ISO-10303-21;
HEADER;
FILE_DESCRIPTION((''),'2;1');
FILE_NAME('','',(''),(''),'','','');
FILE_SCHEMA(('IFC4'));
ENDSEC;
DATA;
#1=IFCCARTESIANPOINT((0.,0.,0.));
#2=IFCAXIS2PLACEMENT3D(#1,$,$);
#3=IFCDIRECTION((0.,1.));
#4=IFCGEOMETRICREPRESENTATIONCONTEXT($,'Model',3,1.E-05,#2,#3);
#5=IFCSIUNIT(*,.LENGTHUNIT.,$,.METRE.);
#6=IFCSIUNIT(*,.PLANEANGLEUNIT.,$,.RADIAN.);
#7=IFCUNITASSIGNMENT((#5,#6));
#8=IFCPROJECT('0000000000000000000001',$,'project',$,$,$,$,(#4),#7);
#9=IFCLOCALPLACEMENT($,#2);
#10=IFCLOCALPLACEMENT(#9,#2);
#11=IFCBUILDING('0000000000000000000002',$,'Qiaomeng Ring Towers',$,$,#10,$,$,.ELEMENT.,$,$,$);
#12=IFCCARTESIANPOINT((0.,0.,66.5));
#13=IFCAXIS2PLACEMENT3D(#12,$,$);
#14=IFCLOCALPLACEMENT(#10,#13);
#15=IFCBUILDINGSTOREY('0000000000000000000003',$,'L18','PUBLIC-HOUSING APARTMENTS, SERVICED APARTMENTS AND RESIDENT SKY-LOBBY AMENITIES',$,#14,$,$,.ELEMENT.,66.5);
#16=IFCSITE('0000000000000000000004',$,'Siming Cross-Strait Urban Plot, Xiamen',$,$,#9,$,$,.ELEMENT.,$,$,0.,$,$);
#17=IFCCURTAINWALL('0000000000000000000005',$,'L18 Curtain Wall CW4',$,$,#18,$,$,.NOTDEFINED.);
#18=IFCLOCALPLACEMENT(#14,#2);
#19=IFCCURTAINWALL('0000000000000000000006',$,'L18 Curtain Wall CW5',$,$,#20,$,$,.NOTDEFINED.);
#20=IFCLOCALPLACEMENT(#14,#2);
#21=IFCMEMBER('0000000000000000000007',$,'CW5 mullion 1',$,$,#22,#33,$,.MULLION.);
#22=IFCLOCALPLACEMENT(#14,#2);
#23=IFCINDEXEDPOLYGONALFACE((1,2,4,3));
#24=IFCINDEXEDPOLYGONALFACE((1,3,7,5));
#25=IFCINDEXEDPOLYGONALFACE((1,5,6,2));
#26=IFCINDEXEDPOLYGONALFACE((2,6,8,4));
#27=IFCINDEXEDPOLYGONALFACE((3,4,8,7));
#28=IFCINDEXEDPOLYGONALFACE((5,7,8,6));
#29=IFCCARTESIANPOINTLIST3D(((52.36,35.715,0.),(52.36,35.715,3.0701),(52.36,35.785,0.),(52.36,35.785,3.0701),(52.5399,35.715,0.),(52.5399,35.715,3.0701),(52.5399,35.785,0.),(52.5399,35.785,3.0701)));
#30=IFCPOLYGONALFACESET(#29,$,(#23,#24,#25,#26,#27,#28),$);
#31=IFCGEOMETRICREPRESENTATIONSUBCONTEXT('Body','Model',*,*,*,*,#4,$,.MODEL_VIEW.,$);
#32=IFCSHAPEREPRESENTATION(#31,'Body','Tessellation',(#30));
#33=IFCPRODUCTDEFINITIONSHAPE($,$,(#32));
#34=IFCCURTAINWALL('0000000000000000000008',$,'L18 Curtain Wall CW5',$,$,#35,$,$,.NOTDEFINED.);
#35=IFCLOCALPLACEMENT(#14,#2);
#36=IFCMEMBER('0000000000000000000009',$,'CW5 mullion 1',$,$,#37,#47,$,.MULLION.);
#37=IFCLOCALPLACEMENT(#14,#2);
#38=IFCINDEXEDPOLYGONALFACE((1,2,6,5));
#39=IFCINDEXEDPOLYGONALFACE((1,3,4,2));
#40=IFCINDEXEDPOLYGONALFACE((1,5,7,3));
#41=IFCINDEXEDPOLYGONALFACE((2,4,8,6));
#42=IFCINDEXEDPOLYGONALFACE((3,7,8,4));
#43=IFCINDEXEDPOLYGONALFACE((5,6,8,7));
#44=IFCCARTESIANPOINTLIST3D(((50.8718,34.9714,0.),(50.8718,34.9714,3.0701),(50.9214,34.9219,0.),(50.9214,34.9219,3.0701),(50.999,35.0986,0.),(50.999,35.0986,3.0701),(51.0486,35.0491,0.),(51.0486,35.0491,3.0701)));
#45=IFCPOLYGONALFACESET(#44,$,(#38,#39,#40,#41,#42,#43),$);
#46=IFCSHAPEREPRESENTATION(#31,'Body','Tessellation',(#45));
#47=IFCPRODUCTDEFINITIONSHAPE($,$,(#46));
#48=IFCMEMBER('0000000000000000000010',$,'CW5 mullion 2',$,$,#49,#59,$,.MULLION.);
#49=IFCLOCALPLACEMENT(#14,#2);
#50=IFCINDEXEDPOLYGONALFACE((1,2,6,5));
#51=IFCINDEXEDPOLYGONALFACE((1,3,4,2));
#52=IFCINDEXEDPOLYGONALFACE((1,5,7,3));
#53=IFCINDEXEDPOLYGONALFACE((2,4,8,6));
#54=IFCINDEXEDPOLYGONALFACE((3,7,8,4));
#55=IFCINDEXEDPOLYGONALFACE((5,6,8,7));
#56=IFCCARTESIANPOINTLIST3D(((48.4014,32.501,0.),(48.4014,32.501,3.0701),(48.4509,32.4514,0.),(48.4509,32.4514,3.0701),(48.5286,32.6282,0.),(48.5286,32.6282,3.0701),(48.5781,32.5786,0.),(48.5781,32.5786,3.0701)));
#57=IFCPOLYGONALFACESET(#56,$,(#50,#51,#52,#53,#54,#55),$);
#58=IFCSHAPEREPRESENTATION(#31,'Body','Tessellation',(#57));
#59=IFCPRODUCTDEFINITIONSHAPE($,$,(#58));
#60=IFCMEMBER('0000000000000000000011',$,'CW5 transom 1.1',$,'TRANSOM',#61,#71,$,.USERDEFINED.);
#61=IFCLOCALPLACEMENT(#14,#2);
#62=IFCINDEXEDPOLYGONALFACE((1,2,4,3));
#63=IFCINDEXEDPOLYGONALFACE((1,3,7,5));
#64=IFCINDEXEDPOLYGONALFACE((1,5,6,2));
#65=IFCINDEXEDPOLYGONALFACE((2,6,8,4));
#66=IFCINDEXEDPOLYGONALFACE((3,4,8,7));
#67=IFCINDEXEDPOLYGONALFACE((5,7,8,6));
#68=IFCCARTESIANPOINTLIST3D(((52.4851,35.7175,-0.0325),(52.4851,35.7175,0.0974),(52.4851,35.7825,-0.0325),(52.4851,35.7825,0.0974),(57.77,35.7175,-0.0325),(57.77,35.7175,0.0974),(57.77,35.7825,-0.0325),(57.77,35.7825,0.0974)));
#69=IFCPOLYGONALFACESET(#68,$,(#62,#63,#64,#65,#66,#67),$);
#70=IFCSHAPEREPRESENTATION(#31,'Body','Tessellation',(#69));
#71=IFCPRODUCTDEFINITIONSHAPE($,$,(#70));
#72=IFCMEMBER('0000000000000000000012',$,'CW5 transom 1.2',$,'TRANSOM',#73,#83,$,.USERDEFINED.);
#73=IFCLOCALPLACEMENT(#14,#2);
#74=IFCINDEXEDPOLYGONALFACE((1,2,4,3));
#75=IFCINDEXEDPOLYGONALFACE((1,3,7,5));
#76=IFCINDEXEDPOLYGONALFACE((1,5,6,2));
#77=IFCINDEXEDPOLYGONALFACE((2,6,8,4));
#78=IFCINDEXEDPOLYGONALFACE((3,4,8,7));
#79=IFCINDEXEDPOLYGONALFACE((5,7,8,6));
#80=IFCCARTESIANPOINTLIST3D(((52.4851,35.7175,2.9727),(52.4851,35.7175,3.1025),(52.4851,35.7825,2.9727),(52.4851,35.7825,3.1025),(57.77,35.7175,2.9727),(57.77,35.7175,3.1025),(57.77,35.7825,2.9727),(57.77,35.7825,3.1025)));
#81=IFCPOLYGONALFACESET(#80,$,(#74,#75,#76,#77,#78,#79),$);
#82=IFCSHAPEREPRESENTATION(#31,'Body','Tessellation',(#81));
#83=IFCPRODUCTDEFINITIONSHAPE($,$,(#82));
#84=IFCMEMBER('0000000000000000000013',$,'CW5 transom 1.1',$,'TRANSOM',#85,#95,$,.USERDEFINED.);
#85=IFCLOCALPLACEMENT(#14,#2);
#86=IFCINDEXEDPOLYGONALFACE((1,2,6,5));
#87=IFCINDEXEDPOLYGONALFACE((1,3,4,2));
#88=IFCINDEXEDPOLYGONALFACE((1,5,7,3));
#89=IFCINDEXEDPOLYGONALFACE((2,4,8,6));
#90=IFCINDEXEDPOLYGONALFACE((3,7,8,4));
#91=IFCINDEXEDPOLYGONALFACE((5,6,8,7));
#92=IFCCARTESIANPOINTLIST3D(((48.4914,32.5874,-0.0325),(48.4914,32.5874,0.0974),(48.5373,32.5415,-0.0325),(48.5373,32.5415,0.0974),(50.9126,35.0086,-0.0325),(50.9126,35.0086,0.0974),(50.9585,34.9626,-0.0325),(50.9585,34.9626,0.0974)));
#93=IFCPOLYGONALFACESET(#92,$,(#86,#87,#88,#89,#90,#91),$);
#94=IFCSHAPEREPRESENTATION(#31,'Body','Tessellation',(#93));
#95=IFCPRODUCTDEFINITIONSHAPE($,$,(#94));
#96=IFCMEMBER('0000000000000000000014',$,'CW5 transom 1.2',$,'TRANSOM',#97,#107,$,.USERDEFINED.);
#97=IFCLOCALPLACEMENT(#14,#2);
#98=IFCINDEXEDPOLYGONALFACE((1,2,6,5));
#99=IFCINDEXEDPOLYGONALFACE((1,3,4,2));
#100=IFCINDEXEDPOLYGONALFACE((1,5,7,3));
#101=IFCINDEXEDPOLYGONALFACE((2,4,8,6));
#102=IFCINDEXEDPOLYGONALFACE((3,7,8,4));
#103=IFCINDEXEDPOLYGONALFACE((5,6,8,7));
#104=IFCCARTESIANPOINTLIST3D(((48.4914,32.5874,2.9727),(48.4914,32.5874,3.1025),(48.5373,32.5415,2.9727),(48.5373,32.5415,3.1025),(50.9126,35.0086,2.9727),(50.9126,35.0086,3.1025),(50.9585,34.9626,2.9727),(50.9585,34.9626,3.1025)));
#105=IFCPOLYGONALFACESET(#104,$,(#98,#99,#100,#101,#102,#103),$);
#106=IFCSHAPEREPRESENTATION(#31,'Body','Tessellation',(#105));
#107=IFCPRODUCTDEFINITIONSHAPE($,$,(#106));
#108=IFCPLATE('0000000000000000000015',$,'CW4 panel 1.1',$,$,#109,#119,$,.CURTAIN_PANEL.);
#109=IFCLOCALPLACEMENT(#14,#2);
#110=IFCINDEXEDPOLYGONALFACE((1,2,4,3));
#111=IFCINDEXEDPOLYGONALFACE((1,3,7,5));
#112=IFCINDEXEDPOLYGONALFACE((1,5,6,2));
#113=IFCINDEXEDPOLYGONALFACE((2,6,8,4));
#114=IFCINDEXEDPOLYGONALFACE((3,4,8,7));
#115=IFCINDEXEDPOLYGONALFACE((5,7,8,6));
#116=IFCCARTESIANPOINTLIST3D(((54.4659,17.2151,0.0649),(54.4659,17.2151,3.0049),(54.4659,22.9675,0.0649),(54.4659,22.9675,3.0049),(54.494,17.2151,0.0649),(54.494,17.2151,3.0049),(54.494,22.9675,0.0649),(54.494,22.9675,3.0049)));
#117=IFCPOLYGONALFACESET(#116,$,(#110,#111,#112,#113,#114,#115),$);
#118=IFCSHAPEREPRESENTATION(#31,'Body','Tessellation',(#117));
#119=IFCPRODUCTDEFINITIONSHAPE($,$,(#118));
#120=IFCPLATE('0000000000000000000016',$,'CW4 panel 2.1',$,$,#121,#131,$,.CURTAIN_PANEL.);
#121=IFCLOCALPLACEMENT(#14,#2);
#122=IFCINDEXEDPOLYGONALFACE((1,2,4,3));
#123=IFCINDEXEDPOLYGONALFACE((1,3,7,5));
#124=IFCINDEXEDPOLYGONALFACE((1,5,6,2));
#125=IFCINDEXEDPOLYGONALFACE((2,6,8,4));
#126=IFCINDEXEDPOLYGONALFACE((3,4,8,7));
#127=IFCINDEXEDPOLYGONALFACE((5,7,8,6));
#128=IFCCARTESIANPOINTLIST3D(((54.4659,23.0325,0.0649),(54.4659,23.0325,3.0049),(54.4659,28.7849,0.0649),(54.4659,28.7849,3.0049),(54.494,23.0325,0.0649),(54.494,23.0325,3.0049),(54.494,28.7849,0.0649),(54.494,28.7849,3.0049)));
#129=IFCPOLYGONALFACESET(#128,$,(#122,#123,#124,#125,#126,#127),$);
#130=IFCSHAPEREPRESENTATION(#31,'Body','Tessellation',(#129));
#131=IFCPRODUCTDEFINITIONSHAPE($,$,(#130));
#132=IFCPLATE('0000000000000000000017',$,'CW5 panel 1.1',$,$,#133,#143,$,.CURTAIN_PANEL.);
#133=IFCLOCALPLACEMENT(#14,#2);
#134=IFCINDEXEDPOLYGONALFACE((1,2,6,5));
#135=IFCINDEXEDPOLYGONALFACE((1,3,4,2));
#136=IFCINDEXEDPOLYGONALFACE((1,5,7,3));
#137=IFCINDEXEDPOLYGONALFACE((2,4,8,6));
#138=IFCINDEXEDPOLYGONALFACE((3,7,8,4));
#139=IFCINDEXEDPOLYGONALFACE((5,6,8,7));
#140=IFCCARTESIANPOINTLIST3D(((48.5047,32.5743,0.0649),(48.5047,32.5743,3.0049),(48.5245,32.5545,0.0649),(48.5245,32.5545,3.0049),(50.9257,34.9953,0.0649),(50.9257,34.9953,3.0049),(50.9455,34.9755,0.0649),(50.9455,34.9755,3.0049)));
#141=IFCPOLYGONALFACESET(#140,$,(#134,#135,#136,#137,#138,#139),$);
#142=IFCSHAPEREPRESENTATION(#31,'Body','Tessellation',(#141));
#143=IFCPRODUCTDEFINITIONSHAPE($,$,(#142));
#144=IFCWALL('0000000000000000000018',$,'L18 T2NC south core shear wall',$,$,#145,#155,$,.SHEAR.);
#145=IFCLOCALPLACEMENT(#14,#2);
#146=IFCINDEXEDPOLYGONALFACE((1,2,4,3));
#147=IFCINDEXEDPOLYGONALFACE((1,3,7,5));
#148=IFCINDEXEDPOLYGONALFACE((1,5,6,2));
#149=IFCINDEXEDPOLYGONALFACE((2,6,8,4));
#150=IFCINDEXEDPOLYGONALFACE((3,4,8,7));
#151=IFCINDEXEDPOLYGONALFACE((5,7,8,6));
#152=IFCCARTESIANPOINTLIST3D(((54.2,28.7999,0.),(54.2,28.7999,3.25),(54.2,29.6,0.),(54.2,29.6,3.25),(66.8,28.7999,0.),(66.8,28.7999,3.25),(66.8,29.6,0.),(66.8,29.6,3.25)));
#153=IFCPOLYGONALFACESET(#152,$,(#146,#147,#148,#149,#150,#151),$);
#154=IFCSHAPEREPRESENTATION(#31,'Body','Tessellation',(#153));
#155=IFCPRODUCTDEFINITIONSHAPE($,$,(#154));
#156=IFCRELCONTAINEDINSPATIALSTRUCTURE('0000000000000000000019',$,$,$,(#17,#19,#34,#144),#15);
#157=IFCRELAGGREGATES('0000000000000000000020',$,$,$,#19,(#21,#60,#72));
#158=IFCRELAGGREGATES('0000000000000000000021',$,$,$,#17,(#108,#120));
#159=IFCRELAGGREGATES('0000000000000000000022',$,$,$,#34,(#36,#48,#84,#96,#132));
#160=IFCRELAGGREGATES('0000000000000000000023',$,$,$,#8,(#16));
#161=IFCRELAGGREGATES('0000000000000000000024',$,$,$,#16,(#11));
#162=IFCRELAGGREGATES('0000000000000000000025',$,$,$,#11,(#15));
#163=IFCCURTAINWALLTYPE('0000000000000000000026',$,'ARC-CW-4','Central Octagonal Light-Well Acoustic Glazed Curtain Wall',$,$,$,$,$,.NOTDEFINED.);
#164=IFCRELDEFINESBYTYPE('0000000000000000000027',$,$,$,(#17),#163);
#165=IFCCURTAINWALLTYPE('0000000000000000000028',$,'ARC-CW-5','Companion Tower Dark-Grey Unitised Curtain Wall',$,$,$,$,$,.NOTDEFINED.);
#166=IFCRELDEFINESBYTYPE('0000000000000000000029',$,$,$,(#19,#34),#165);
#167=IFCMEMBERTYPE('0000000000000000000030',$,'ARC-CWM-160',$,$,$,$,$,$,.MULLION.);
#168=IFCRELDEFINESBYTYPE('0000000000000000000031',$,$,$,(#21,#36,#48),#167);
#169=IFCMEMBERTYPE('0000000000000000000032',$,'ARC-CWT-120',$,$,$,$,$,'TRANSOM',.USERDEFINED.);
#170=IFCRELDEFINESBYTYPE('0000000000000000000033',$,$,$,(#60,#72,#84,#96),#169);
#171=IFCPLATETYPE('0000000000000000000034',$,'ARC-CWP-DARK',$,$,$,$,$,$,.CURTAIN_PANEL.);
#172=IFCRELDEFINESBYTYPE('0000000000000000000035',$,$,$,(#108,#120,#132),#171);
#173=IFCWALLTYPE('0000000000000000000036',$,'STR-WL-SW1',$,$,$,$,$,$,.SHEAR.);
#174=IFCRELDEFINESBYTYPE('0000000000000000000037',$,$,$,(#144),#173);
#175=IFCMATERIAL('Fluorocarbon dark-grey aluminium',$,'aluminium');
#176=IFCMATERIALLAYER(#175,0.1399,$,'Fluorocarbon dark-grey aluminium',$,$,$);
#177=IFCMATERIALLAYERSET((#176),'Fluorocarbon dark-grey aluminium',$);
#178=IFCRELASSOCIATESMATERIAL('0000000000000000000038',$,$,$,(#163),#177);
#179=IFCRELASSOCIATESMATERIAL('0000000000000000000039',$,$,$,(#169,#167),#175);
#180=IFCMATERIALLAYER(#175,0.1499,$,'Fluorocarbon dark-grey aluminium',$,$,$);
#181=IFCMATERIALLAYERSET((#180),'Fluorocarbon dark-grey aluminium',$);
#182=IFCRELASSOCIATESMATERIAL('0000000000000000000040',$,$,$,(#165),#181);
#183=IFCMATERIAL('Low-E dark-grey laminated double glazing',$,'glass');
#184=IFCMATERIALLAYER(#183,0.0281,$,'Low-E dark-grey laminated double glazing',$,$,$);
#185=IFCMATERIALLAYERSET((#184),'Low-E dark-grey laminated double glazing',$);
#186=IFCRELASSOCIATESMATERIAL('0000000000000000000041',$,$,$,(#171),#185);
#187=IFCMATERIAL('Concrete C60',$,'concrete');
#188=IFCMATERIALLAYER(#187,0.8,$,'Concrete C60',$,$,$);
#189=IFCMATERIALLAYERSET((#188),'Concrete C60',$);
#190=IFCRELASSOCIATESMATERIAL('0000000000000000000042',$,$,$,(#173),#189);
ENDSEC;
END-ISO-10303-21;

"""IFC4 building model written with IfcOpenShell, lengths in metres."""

from ifc_helpers import new_model, si_unit, direction, frame, frame_2d, origin, origin_2d, place, context, subcontext, project, spatial, rectangle, extrude, source, transform, mapped, material, layer, layer_set, material_profile, profile_set, type_object, element, aggregate, save


model = new_model("IFC4")

# Units and contexts
model_context = context("Model", 3, precision=1e-05, world=origin(), true_north=direction((0.0, 1.0)))
body_context = subcontext(model_context, "Body", "Model", "MODEL_VIEW")
ifc_project = project(units=[si_unit("LENGTHUNIT", "METRE"), si_unit("PLANEANGLEUNIT", "RADIAN")], contexts=[model_context])

# Site, building, storey
site_placement = place(None, origin())
site = spatial("IfcSite", under=ifc_project, at=site_placement, Name="Siming Cross-Strait Urban Plot, Xiamen", CompositionType="ELEMENT", RefElevation=0.0)
building_placement = place(site_placement, origin())
building = spatial("IfcBuilding", under=site, at=building_placement, Name="Qiaomeng Ring Towers", CompositionType="ELEMENT")
storey_placement = place(building_placement, frame((0.0, 0.0, 66.5)))
storey = spatial("IfcBuildingStorey", under=building, at=storey_placement, Name="L18", Description="PUBLIC-HOUSING APARTMENTS, SERVICED APARTMENTS AND RESIDENT SKY-LOBBY AMENITIES", CompositionType="ELEMENT", Elevation=66.5)

# Shared definitions
ifc_material_1 = material(Name="Concrete C60", Category="concrete")

# Curtain wall
ifc_material_2 = material(Name="Fluorocarbon dark-grey aluminium", Category="aluminium")
ifc_layer_1 = layer(ifc_material_2, 0.1399, Name="Fluorocarbon dark-grey aluminium")
ifc_layer_set_1 = layer_set([ifc_layer_1], Name="Fluorocarbon dark-grey aluminium")
curtain_wall_type_1 = type_object("IfcCurtainWallType", Name="ARC-CW-4", Description="Central Octagonal Light-Well Acoustic Glazed Curtain Wall", PredefinedType="NOTDEFINED", material=ifc_layer_set_1)
curtain_wall_1_placement = place(storey_placement, origin())
curtain_wall_1 = element("IfcCurtainWall", 1, at=curtain_wall_1_placement, inside=storey, type_object=curtain_wall_type_1, Name="L18 Curtain Wall CW4", PredefinedType="NOTDEFINED")
ifc_material_profile_1 = material_profile(ifc_material_2, rectangle(XDim=0.0649, YDim=0.1299, at=origin_2d()), Name="ALU TRAN 65x130")
ifc_profile_set_1 = profile_set([ifc_material_profile_1], Name="Fluorocarbon dark-grey aluminium")
member_type_1 = type_object("IfcMemberType", Name="ARC-CWT-120", ElementType="TRANSOM", PredefinedType="USERDEFINED", material=ifc_profile_set_1)

# Curtain wall, member
ifc_layer_2 = layer(ifc_material_2, 0.1499, Name="Fluorocarbon dark-grey aluminium")
ifc_layer_set_2 = layer_set([ifc_layer_2], Name="Fluorocarbon dark-grey aluminium")
curtain_wall_type_2 = type_object("IfcCurtainWallType", Name="ARC-CW-5", Description="Companion Tower Dark-Grey Unitised Curtain Wall", PredefinedType="NOTDEFINED", material=ifc_layer_set_2)
curtain_wall_2_placement = place(storey_placement, origin())
curtain_wall_2 = element("IfcCurtainWall", 2, at=curtain_wall_2_placement, inside=storey, type_object=curtain_wall_type_2, Name="L18 Curtain Wall CW5", PredefinedType="NOTDEFINED")
ifc_material_profile_2 = material_profile(ifc_material_2, rectangle(XDim=0.0701, YDim=0.1799, at=origin_2d()), Name="ALU MULL 70x180")
ifc_profile_set_2 = profile_set([ifc_material_profile_2], Name="Fluorocarbon dark-grey aluminium")
member_type_2 = type_object("IfcMemberType", Name="ARC-CWM-160", PredefinedType="MULLION", material=ifc_profile_set_2)
shared_shape_1 = source(origin(), body_context, "Body", "SweptSolid", [
    extrude(rectangle(XDim=0.0701, YDim=0.1799, at=origin_2d()), origin(), (0.0, 0.0, 1.0), 3.0701),
])
member_1_placement = place(storey_placement, frame((52.45, 35.75, 0.0), z_axis=(0.0, 0.0, 1.0), x_axis=(0.0, 1.0, 0.0)))
member_1 = element("IfcMember", 3, at=member_1_placement, type_object=member_type_2, Name="CW5 mullion 1", PredefinedType="MULLION", context=body_context, shape_type="MappedRepresentation", body=[
    mapped(shared_shape_1, transform((0.0, 0.0, 0.0), x_axis=(1.0, 0.0, 0.0), y_axis=(0.0, 1.0, 0.0), z_axis=(0.0, 0.0, 1.0), scale=1.0)),
])

# Curtain wall, members
curtain_wall_3_placement = place(storey_placement, origin())
curtain_wall_3 = element("IfcCurtainWall", 4, at=curtain_wall_3_placement, inside=storey, type_object=curtain_wall_type_2, Name="L18 Curtain Wall CW5", PredefinedType="NOTDEFINED")
member_2_placement = place(storey_placement, frame((50.9602, 35.0103, 0.0), z_axis=(0.0, 0.0, 1.0), x_axis=(0.707107, -0.707107, 0.0)))
member_2 = element("IfcMember", 5, at=member_2_placement, type_object=member_type_2, Name="CW5 mullion 1", PredefinedType="MULLION", context=body_context, shape_type="MappedRepresentation", body=[
    mapped(shared_shape_1, transform((0.0, 0.0, 0.0), x_axis=(1.0, 0.0, 0.0), y_axis=(0.0, 1.0, 0.0), z_axis=(0.0, 0.0, 1.0), scale=1.0)),
])
member_3_placement = place(storey_placement, frame((48.4897, 32.5398, 0.0), z_axis=(0.0, 0.0, 1.0), x_axis=(0.707107, -0.707107, 0.0)))
member_3 = element("IfcMember", 6, at=member_3_placement, type_object=member_type_2, Name="CW5 mullion 2", PredefinedType="MULLION", context=body_context, shape_type="MappedRepresentation", body=[
    mapped(shared_shape_1, transform((0.0, 0.0, 0.0), x_axis=(1.0, 0.0, 0.0), y_axis=(0.0, 1.0, 0.0), z_axis=(0.0, 0.0, 1.0), scale=1.0)),
])

# Members
shared_shape_2 = source(origin(), body_context, "Body", "SweptSolid", [
    extrude(rectangle(XDim=0.0649, YDim=0.1299, at=origin_2d()), origin(), (0.0, 0.0, 1.0), 5.2849),
])
member_4_placement = place(storey_placement, frame((52.4851, 35.75, 0.0325), z_axis=(1.0, 0.0, 0.0), x_axis=(0.0, 1.0, 0.0)))
member_4 = element("IfcMember", 7, at=member_4_placement, type_object=member_type_1, Name="CW5 transom 1.1", ObjectType="TRANSOM", PredefinedType="USERDEFINED", context=body_context, shape_type="MappedRepresentation", body=[
    mapped(shared_shape_2, transform((0.0, 0.0, 0.0), x_axis=(1.0, 0.0, 0.0), y_axis=(0.0, 1.0, 0.0), z_axis=(0.0, 0.0, 1.0), scale=1.0)),
])
member_5_placement = place(storey_placement, frame((52.4851, 35.75, 3.0376), z_axis=(1.0, 0.0, 0.0), x_axis=(0.0, 1.0, 0.0)))
member_5 = element("IfcMember", 8, at=member_5_placement, type_object=member_type_1, Name="CW5 transom 1.2", ObjectType="TRANSOM", PredefinedType="USERDEFINED", context=body_context, shape_type="MappedRepresentation", body=[
    mapped(shared_shape_2, transform((0.0, 0.0, 0.0), x_axis=(1.0, 0.0, 0.0), y_axis=(0.0, 1.0, 0.0), z_axis=(0.0, 0.0, 1.0), scale=1.0)),
])
aggregate(curtain_wall_2, [member_1, member_4, member_5])
shared_shape_3 = source(origin(), body_context, "Body", "SweptSolid", [
    extrude(rectangle(XDim=0.0649, YDim=0.1299, at=origin_2d()), origin(), (0.0, 0.0, 1.0), 3.4241),
])
member_6_placement = place(storey_placement, frame((50.9355, 34.9856, 0.0325), z_axis=(-0.707107, -0.707107, 0.0), x_axis=(0.707107, -0.707107, 0.0)))
member_6 = element("IfcMember", 9, at=member_6_placement, type_object=member_type_1, Name="CW5 transom 1.1", ObjectType="TRANSOM", PredefinedType="USERDEFINED", context=body_context, shape_type="MappedRepresentation", body=[
    mapped(shared_shape_3, transform((0.0, 0.0, 0.0), x_axis=(1.0, 0.0, 0.0), y_axis=(0.0, 1.0, 0.0), z_axis=(0.0, 0.0, 1.0), scale=1.0)),
])
member_7_placement = place(storey_placement, frame((50.9355, 34.9856, 3.0376), z_axis=(-0.707107, -0.707107, 0.0), x_axis=(0.707107, -0.707107, 0.0)))
member_7 = element("IfcMember", 10, at=member_7_placement, type_object=member_type_1, Name="CW5 transom 1.2", ObjectType="TRANSOM", PredefinedType="USERDEFINED", context=body_context, shape_type="MappedRepresentation", body=[
    mapped(shared_shape_3, transform((0.0, 0.0, 0.0), x_axis=(1.0, 0.0, 0.0), y_axis=(0.0, 1.0, 0.0), z_axis=(0.0, 0.0, 1.0), scale=1.0)),
])

# Plates
ifc_material_3 = material(Name="Low-E dark-grey laminated double glazing", Category="glass")
ifc_layer_3 = layer(ifc_material_3, 0.0281, Name="Low-E dark-grey laminated double glazing")
ifc_layer_set_3 = layer_set([ifc_layer_3], Name="Low-E dark-grey laminated double glazing")
plate_type = type_object("IfcPlateType", Name="ARC-CWP-DARK", PredefinedType="CURTAIN_PANEL", material=ifc_layer_set_3)
shared_shape_4 = source(origin(), body_context, "Body", "SweptSolid", [
    extrude(rectangle(XDim=5.7524, YDim=0.0281, at=origin_2d()), origin(), (0.0, 0.0, 1.0), 2.9399),
])
plate_1_placement = place(storey_placement, frame((54.48, 20.0913, 0.0649), z_axis=(0.0, 0.0, 1.0), x_axis=(0.0, 1.0, 0.0)))
plate_1 = element("IfcPlate", 11, at=plate_1_placement, type_object=plate_type, Name="CW4 panel 1.1", PredefinedType="CURTAIN_PANEL", context=body_context, shape_type="MappedRepresentation", body=[
    mapped(shared_shape_4, transform((0.0, 0.0, 0.0), x_axis=(1.0, 0.0, 0.0), y_axis=(0.0, 1.0, 0.0), z_axis=(0.0, 0.0, 1.0), scale=1.0)),
])
plate_2_placement = place(storey_placement, frame((54.48, 25.9087, 0.0649), z_axis=(0.0, 0.0, 1.0), x_axis=(0.0, 1.0, 0.0)))
plate_2 = element("IfcPlate", 12, at=plate_2_placement, type_object=plate_type, Name="CW4 panel 2.1", PredefinedType="CURTAIN_PANEL", context=body_context, shape_type="MappedRepresentation", body=[
    mapped(shared_shape_4, transform((0.0, 0.0, 0.0), x_axis=(1.0, 0.0, 0.0), y_axis=(0.0, 1.0, 0.0), z_axis=(0.0, 0.0, 1.0), scale=1.0)),
])
aggregate(curtain_wall_1, [plate_1, plate_2])
shared_shape_5 = source(origin(), body_context, "Body", "SweptSolid", [
    extrude(rectangle(XDim=3.4238, YDim=0.0281, at=origin_2d()), origin(), (0.0, 0.0, 1.0), 2.9399),
])
plate_3_placement = place(storey_placement, frame((49.7251, 33.7749, 0.0649), z_axis=(0.0, 0.0, 1.0), x_axis=(-0.707107, -0.707107, 0.0)))
plate_3 = element("IfcPlate", 13, at=plate_3_placement, type_object=plate_type, Name="CW5 panel 1.1", PredefinedType="CURTAIN_PANEL", context=body_context, shape_type="MappedRepresentation", body=[
    mapped(shared_shape_5, transform((0.0, 0.0, 0.0), x_axis=(1.0, 0.0, 0.0), y_axis=(0.0, 1.0, 0.0), z_axis=(0.0, 0.0, 1.0), scale=1.0)),
])
aggregate(curtain_wall_3, [member_2, member_3, member_6, member_7, plate_3])

# Wall
ifc_layer_4 = layer(ifc_material_1, 0.8, Name="Concrete C60")
ifc_layer_set_4 = layer_set([ifc_layer_4], Name="Concrete C60")
wall_type = type_object("IfcWallType", Name="STR-WL-SW1", PredefinedType="SHEAR", material=ifc_layer_set_4)
wall_1_placement = place(storey_placement, frame((54.2, 29.2, 0.0), z_axis=(0.0, 0.0, 1.0), x_axis=(1.0, 0.0, 0.0)))
element("IfcWall", 14, at=wall_1_placement, inside=storey, type_object=wall_type, Name="L18 T2NC south core shear wall", PredefinedType="SHEAR", context=body_context, shape_type="SweptSolid", body=[
    extrude(rectangle(XDim=12.6001, YDim=0.8, at=frame_2d((6.3, 0.0))), origin(), (0.0, 0.0, 1.0), 3.25),
])

save(model, "model.ifc")
